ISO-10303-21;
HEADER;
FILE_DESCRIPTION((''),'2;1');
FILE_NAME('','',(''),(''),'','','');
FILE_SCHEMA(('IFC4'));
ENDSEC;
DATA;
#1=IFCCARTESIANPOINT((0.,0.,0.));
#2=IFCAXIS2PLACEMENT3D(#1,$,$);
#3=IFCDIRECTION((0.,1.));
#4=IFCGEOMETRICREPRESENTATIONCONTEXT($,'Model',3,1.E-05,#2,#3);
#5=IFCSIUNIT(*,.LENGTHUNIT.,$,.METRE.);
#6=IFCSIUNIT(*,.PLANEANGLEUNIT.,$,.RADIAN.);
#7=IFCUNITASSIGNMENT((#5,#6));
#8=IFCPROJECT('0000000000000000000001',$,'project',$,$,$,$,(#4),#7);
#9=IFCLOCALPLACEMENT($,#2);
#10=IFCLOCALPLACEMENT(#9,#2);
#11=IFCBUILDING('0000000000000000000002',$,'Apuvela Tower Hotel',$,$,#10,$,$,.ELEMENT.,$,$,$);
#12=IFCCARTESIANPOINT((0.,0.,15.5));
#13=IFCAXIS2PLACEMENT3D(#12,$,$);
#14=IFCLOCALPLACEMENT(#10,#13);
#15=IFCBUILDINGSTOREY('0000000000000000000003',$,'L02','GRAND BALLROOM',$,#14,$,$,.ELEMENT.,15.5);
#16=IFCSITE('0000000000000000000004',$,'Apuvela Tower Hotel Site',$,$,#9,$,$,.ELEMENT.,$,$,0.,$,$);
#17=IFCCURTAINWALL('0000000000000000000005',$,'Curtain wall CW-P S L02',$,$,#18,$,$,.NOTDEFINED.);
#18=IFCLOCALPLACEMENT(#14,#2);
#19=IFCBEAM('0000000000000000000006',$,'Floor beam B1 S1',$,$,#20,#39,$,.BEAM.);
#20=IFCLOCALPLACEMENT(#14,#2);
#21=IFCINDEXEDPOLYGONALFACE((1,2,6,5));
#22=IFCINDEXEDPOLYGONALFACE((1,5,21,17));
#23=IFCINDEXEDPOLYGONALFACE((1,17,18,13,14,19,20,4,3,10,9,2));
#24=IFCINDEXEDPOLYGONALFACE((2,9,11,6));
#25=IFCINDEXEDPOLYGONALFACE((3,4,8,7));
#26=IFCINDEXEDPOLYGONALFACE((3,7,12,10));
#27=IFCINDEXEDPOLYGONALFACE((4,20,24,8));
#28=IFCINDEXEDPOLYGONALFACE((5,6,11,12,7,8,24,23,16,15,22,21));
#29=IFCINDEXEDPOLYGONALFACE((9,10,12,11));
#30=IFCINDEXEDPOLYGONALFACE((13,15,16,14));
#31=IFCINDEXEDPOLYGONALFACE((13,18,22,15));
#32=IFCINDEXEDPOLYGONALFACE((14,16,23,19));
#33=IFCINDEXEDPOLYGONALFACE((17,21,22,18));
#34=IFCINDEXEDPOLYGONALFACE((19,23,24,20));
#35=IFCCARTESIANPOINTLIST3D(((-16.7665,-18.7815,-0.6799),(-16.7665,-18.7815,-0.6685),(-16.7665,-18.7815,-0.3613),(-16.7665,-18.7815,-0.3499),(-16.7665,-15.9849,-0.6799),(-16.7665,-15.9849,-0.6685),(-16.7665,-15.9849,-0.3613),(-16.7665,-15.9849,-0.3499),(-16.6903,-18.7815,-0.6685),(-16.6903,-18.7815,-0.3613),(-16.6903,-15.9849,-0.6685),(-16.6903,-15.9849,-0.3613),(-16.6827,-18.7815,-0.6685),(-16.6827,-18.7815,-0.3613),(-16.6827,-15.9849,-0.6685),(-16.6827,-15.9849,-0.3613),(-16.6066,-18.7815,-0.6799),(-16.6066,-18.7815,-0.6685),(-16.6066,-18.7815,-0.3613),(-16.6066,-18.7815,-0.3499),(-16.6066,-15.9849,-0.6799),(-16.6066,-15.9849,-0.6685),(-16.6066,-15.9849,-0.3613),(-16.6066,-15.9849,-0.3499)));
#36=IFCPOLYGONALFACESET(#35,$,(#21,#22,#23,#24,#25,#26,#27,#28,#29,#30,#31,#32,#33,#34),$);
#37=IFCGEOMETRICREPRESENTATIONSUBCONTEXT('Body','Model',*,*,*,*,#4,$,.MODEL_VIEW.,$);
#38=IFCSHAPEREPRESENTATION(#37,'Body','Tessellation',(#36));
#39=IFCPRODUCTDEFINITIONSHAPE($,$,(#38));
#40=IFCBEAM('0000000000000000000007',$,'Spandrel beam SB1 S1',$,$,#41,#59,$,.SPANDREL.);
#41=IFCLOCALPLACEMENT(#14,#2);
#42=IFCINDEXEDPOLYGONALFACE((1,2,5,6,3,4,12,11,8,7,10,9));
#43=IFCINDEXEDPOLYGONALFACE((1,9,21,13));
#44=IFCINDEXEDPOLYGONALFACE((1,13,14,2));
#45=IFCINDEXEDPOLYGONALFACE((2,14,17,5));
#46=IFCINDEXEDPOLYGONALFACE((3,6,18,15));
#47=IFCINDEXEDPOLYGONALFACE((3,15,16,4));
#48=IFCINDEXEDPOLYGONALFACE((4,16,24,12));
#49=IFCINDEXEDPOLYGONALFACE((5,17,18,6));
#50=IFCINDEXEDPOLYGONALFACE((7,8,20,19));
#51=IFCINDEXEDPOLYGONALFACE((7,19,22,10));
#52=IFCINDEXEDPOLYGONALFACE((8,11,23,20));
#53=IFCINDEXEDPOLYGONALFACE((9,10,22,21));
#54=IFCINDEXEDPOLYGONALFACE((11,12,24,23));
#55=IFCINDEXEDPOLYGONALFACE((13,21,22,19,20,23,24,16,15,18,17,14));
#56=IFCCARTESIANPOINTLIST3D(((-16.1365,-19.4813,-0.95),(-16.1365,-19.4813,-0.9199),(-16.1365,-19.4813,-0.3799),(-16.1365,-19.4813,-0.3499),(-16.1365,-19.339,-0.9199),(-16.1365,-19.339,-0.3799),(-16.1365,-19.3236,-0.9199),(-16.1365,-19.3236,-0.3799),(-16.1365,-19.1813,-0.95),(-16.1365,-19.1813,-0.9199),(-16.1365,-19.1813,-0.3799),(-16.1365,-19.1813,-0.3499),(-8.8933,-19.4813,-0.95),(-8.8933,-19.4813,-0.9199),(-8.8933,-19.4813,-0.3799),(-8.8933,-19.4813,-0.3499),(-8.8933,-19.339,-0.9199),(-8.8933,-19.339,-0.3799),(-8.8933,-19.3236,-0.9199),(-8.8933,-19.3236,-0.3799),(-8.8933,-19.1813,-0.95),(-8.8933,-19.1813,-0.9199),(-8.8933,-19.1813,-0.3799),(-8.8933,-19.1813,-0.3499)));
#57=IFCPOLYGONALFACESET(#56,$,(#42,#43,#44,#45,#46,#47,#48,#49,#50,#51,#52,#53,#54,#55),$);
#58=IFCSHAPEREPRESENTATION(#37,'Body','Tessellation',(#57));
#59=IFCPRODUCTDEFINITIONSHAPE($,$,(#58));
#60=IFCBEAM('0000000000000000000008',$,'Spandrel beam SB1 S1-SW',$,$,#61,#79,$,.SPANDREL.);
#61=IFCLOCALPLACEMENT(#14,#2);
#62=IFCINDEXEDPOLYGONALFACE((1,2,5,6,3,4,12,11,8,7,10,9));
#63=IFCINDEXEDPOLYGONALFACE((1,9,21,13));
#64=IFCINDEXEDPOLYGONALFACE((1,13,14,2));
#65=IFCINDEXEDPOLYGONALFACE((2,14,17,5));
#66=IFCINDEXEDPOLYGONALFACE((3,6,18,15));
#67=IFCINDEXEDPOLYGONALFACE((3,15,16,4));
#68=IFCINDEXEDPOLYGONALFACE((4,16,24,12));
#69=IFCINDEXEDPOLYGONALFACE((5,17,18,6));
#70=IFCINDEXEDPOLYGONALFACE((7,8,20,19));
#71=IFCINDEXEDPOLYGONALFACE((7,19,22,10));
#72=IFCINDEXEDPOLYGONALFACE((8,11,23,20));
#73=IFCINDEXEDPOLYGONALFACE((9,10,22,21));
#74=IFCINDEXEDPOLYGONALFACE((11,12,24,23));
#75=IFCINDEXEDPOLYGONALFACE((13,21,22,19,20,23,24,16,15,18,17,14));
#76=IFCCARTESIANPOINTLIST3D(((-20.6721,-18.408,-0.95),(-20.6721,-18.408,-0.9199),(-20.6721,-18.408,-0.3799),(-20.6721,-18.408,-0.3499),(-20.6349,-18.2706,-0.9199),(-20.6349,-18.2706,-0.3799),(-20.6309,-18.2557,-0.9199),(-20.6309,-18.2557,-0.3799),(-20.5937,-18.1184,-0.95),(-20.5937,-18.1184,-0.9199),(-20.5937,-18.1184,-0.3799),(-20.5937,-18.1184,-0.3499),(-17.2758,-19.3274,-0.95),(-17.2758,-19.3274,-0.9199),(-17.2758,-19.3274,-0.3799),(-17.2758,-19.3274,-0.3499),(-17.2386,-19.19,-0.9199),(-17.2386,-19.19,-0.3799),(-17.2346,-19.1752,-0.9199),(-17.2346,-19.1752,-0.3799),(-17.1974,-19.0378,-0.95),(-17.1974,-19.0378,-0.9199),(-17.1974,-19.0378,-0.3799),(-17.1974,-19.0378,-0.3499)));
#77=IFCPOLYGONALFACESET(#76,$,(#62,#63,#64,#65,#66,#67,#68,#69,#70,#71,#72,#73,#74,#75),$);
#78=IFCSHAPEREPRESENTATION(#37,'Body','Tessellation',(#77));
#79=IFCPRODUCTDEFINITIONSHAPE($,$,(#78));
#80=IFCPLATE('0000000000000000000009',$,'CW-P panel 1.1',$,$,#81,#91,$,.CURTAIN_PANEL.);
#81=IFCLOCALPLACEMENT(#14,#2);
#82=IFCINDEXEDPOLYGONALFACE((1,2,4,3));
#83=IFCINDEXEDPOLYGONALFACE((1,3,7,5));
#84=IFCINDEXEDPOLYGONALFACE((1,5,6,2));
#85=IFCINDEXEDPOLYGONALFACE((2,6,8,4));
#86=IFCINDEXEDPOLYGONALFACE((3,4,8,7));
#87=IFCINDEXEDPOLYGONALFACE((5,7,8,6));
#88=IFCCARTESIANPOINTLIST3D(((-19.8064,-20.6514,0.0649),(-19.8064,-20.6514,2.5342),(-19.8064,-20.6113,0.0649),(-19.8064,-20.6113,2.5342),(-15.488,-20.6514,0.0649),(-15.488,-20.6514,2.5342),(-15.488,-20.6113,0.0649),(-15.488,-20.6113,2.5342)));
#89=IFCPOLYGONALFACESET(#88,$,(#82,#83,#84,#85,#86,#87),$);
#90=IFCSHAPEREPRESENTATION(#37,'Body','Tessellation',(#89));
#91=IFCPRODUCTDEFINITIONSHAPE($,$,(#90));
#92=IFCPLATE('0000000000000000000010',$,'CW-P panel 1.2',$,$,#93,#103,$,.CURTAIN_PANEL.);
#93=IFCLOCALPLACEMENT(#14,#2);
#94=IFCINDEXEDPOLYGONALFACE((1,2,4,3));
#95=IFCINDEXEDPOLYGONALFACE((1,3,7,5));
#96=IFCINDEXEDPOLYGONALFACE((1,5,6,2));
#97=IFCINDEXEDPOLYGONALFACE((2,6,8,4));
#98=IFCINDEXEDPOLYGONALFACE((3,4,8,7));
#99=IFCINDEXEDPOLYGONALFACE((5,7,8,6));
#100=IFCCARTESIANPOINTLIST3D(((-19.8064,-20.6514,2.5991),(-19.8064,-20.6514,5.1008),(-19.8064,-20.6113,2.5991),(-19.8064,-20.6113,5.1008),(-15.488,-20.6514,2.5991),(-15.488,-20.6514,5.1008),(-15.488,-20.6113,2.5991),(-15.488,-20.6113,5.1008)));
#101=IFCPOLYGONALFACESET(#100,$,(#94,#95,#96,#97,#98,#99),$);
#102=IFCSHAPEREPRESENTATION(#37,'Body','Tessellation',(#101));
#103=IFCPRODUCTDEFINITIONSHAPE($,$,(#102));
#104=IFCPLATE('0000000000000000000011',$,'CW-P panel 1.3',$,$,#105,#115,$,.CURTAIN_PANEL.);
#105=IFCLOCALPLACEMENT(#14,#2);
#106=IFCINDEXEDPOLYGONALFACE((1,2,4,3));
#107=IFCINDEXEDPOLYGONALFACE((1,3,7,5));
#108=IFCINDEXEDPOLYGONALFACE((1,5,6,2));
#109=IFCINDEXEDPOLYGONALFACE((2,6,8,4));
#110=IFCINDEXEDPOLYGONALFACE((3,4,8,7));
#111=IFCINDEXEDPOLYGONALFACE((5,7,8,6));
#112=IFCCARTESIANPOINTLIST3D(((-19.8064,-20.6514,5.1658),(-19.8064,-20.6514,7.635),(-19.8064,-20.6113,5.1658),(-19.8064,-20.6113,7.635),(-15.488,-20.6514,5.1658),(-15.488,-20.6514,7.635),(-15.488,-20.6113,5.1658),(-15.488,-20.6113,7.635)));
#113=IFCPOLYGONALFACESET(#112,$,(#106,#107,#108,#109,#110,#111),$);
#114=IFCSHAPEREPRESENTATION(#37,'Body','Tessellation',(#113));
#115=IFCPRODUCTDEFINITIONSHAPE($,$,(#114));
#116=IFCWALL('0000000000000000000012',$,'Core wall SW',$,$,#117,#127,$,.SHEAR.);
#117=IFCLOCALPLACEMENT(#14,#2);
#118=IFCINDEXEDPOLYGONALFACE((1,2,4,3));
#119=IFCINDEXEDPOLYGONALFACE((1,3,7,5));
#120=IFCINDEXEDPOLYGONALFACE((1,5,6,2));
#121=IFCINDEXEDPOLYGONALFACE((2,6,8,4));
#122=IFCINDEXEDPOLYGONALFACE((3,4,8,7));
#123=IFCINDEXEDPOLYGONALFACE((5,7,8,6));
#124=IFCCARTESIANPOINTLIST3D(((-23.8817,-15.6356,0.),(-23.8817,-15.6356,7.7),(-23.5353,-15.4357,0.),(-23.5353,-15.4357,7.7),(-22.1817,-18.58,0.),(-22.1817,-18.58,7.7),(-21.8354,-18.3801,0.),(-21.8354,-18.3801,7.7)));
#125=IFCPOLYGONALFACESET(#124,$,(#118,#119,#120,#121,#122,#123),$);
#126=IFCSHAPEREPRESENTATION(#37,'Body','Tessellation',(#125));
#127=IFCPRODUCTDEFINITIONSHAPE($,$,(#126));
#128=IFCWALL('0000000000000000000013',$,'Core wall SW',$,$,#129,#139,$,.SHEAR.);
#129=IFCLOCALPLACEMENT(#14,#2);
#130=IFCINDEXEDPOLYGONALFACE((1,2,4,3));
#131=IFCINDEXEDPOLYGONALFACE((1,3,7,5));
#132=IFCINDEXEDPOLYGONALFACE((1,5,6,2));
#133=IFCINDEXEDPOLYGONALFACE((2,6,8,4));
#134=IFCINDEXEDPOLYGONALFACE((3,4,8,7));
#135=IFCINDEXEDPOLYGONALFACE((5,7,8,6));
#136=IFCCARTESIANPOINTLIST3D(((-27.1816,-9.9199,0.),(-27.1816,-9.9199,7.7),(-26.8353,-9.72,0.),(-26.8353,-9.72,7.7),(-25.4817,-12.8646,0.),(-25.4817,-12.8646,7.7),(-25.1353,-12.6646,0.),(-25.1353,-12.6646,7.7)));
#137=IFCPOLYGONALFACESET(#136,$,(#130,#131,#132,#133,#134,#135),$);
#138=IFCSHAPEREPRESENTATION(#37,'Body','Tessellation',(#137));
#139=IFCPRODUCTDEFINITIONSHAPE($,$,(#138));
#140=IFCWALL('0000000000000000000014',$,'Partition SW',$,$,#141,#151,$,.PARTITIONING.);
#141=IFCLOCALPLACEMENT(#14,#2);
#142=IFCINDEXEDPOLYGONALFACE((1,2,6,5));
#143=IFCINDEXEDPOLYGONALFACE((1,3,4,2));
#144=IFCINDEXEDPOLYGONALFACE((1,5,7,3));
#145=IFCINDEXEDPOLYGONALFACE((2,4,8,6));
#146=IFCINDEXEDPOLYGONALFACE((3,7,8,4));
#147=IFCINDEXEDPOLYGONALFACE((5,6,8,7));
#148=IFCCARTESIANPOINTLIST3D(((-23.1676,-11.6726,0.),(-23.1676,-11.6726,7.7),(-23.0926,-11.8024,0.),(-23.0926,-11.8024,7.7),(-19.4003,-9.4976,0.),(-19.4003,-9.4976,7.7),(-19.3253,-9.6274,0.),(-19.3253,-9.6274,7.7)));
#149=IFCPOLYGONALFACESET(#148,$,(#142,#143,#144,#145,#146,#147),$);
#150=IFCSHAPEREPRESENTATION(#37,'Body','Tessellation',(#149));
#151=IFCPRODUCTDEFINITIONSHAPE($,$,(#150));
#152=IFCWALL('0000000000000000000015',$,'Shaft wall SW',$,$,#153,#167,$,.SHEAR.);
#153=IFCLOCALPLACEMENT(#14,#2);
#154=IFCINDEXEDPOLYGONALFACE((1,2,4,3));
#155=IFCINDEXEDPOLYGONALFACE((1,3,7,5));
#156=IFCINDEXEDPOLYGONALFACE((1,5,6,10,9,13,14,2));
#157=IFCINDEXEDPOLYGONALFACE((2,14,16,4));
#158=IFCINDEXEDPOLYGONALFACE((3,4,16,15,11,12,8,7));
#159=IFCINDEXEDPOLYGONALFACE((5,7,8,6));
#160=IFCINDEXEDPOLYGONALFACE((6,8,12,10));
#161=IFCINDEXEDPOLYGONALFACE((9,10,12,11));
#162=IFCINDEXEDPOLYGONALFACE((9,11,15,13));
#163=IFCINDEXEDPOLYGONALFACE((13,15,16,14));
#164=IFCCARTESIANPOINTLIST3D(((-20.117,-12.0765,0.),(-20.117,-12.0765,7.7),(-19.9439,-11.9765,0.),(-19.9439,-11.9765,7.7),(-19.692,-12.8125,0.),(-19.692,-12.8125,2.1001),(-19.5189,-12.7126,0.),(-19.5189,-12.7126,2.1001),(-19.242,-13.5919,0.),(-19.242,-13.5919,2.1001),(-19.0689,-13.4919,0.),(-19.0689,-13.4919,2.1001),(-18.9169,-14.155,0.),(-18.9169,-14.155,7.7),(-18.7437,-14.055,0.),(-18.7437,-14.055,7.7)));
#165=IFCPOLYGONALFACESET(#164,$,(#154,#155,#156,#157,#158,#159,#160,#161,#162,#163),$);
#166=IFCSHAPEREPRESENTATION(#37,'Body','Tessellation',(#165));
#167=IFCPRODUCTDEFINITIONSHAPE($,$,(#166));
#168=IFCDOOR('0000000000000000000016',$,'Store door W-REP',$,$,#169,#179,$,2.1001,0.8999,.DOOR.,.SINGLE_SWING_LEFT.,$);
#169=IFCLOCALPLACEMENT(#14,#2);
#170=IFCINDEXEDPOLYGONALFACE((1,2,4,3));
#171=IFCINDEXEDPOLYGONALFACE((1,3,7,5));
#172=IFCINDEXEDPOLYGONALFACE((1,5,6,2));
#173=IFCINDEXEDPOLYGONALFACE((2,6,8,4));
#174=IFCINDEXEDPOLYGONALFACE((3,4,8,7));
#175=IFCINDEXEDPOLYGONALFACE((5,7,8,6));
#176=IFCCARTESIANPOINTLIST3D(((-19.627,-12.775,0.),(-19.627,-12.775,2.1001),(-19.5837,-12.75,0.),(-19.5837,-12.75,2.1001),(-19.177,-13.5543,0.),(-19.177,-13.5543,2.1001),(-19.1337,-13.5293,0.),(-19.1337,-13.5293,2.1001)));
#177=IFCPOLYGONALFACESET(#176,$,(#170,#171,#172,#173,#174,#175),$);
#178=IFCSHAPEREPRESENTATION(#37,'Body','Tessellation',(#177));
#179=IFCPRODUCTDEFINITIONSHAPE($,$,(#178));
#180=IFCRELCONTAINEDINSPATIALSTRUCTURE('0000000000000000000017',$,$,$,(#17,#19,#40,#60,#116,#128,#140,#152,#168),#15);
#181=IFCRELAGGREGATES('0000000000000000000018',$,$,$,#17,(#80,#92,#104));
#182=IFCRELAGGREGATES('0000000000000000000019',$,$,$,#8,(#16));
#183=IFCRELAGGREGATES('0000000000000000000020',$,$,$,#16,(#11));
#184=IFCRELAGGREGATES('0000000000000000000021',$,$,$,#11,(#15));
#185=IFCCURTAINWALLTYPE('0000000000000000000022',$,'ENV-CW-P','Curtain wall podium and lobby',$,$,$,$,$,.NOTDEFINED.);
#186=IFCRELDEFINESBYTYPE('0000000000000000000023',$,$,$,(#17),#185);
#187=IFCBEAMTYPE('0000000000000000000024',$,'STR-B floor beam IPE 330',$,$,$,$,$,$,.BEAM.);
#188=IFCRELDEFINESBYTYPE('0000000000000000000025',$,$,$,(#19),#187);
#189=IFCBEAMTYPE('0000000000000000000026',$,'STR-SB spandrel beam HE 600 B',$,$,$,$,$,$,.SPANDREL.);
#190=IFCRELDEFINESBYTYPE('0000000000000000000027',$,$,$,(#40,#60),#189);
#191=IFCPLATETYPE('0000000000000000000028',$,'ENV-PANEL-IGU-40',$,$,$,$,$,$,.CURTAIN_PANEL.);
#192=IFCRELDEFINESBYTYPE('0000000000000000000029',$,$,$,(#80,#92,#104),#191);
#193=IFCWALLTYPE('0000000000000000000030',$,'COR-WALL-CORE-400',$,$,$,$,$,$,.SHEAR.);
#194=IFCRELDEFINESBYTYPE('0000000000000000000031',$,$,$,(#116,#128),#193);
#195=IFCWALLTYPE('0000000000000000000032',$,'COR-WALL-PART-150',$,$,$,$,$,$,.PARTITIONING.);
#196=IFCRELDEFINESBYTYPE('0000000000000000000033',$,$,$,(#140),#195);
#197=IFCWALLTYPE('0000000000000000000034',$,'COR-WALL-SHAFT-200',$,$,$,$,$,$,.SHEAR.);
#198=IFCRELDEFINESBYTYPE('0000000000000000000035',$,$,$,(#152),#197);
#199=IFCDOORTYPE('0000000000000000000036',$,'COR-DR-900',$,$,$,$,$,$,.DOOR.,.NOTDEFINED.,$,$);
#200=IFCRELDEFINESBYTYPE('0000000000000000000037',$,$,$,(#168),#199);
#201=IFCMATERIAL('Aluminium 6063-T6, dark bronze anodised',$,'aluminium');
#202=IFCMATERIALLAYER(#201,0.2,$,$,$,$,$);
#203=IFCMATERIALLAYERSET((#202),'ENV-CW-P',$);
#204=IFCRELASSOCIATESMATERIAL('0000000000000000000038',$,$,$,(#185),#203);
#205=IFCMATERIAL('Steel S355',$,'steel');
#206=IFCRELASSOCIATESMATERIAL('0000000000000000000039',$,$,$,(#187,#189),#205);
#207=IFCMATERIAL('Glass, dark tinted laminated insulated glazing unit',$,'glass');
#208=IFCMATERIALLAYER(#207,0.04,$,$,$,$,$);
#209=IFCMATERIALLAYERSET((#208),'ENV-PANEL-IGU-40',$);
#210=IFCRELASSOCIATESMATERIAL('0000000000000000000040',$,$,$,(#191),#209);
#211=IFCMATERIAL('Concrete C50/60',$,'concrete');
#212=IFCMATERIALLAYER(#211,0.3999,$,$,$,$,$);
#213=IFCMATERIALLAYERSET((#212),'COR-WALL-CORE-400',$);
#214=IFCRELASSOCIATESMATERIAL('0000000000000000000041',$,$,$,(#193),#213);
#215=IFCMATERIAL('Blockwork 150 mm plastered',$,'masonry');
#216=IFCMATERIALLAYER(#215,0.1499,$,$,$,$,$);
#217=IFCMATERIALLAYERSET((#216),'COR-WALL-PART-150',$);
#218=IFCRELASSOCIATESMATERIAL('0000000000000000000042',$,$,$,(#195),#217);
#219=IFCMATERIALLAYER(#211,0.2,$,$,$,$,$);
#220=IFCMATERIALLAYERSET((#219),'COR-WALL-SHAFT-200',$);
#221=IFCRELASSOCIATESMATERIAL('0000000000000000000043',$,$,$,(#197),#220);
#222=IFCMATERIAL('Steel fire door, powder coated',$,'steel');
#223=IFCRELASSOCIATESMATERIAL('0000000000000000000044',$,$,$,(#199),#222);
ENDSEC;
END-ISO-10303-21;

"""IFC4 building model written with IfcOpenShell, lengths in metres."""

from ifc_helpers import new_model, si_unit, direction, frame, frame_2d, origin, origin_2d, place, context, subcontext, project, spatial, rectangle, i_section, extrude, material, layer, layer_set, material_profile, profile_set, type_object, element, fill, aggregate, save


model = new_model("IFC4")

# Units and contexts
model_context = context("Model", 3, precision=1e-05, world=origin(), true_north=direction((0.0, 1.0)))
body_context = subcontext(model_context, "Body", "Model", "MODEL_VIEW")
ifc_project = project(units=[si_unit("LENGTHUNIT", "METRE"), si_unit("PLANEANGLEUNIT", "RADIAN")], contexts=[model_context])

# Site, building, storey
site_placement = place(None, origin())
site = spatial("IfcSite", under=ifc_project, at=site_placement, Name="Apuvela Tower Hotel Site", CompositionType="ELEMENT", RefElevation=0.0)
building_placement = place(site_placement, origin())
building = spatial("IfcBuilding", under=site, at=building_placement, Name="Apuvela Tower Hotel", CompositionType="ELEMENT")
storey_placement = place(building_placement, frame((0.0, 0.0, 15.5)))
storey = spatial("IfcBuildingStorey", under=building, at=storey_placement, Name="L02", Description="GRAND BALLROOM", CompositionType="ELEMENT", Elevation=15.5)

# Curtain wall
ifc_material_1 = material(Name="Aluminium 6063-T6, dark bronze anodised", Category="aluminium")
ifc_layer_1 = layer(ifc_material_1, 0.2)
ifc_layer_set_1 = layer_set([ifc_layer_1], Name="ENV-CW-P")
curtain_wall_type = type_object("IfcCurtainWallType", Name="ENV-CW-P", Description="Curtain wall podium and lobby", PredefinedType="NOTDEFINED", material=ifc_layer_set_1)
curtain_wall_placement = place(storey_placement, origin())
curtain_wall = element("IfcCurtainWall", 1, at=curtain_wall_placement, inside=storey, type_object=curtain_wall_type, Name="Curtain wall CW-P S L02", PredefinedType="NOTDEFINED")

# Beams
ifc_material_2 = material(Name="Steel S355", Category="steel")
ifc_material_profile_1 = material_profile(ifc_material_2, i_section(OverallWidth=0.1599, OverallDepth=0.3301, WebThickness=0.0076, FlangeThickness=0.0115, at=origin_2d()), Name="IPE 330")
ifc_profile_set_1 = profile_set([ifc_material_profile_1], Name="Steel S355")
beam_type_1 = type_object("IfcBeamType", Name="STR-B floor beam IPE 330", PredefinedType="BEAM", material=ifc_profile_set_1)
beam_1_placement = place(storey_placement, frame((-16.6865, -18.7815, -0.5149), z_axis=(0.0, 1.0, 0.0), x_axis=(-1.0, 0.0, 0.0)))
element("IfcBeam", 2, at=beam_1_placement, inside=storey, type_object=beam_type_1, Name="Floor beam B1 S1", PredefinedType="BEAM", context=body_context, shape_type="SweptSolid", body=[
    extrude(i_section(OverallWidth=0.1599, OverallDepth=0.3301, WebThickness=0.0076, FlangeThickness=0.0115, at=origin_2d()), origin(), (0.0, 0.0, 1.0), 2.7966),
])
ifc_material_profile_2 = material_profile(ifc_material_2, i_section(OverallWidth=0.3, OverallDepth=0.6001, WebThickness=0.0154, FlangeThickness=0.03, at=origin_2d()), Name="HE 600 B")
ifc_profile_set_2 = profile_set([ifc_material_profile_2], Name="Steel S355")
beam_type_2 = type_object("IfcBeamType", Name="STR-SB spandrel beam HE 600 B", PredefinedType="SPANDREL", material=ifc_profile_set_2)
beam_2_placement = place(storey_placement, frame((-16.1365, -19.3313, -0.6499), z_axis=(1.0, 0.0, 0.0), x_axis=(0.0, 1.0, 0.0)))
element("IfcBeam", 3, at=beam_2_placement, inside=storey, type_object=beam_type_2, Name="Spandrel beam SB1 S1", PredefinedType="SPANDREL", context=body_context, shape_type="SweptSolid", body=[
    extrude(i_section(OverallWidth=0.3, OverallDepth=0.6001, WebThickness=0.0154, FlangeThickness=0.03, at=origin_2d()), origin(), (0.0, 0.0, 1.0), 7.2432),
])
beam_3_placement = place(storey_placement, frame((-17.2366, -19.1826, -0.6499), z_axis=(-0.965254, 0.261314, 0.0), x_axis=(-0.261314, -0.965254, 0.0)))
element("IfcBeam", 4, at=beam_3_placement, inside=storey, type_object=beam_type_2, Name="Spandrel beam SB1 S1-SW", PredefinedType="SPANDREL", context=body_context, shape_type="SweptSolid", body=[
    extrude(i_section(OverallWidth=0.3, OverallDepth=0.6001, WebThickness=0.0154, FlangeThickness=0.03, at=origin_2d()), origin(), (0.0, 0.0, 1.0), 3.5186),
])

# Plates
ifc_material_3 = material(Name="Glass, dark tinted laminated insulated glazing unit", Category="glass")
ifc_layer_2 = layer(ifc_material_3, 0.04)
ifc_layer_set_2 = layer_set([ifc_layer_2], Name="ENV-PANEL-IGU-40")
plate_type = type_object("IfcPlateType", Name="ENV-PANEL-IGU-40", PredefinedType="CURTAIN_PANEL", material=ifc_layer_set_2)
plate_1_placement = place(storey_placement, frame((-17.6472, -20.6313, 0.0649), z_axis=(0.0, 0.0, 1.0), x_axis=(1.0, 0.0, 0.0)))
plate_1 = element("IfcPlate", 5, at=plate_1_placement, type_object=plate_type, Name="CW-P panel 1.1", PredefinedType="CURTAIN_PANEL", context=body_context, shape_type="SweptSolid", body=[
    extrude(rectangle(XDim=4.3184, YDim=0.04, at=origin_2d()), origin(), (0.0, 0.0, 1.0), 2.4692),
])
plate_2_placement = place(storey_placement, frame((-17.6472, -20.6313, 2.5991), z_axis=(0.0, 0.0, 1.0), x_axis=(1.0, 0.0, 0.0)))
plate_2 = element("IfcPlate", 6, at=plate_2_placement, type_object=plate_type, Name="CW-P panel 1.2", PredefinedType="CURTAIN_PANEL", context=body_context, shape_type="SweptSolid", body=[
    extrude(rectangle(XDim=4.3184, YDim=0.04, at=origin_2d()), origin(), (0.0, 0.0, 1.0), 2.5017),
])
plate_3_placement = place(storey_placement, frame((-17.6472, -20.6313, 5.1658), z_axis=(0.0, 0.0, 1.0), x_axis=(1.0, 0.0, 0.0)))
plate_3 = element("IfcPlate", 7, at=plate_3_placement, type_object=plate_type, Name="CW-P panel 1.3", PredefinedType="CURTAIN_PANEL", context=body_context, shape_type="SweptSolid", body=[
    extrude(rectangle(XDim=4.3184, YDim=0.04, at=origin_2d()), origin(), (0.0, 0.0, 1.0), 2.4692),
])
aggregate(curtain_wall, [plate_1, plate_2, plate_3])

# Walls
ifc_material_4 = material(Name="Concrete C50/60", Category="concrete")
ifc_layer_3 = layer(ifc_material_4, 0.3999)
ifc_layer_set_3 = layer_set([ifc_layer_3], Name="COR-WALL-CORE-400")
wall_type_1 = type_object("IfcWallType", Name="COR-WALL-CORE-400", PredefinedType="SHEAR", material=ifc_layer_set_3)
wall_1_placement = place(storey_placement, frame((-23.7085, -15.5356, 0.0), z_axis=(0.0, 0.0, 1.0), x_axis=(0.500008, -0.866021, 0.0)))
element("IfcWall", 8, at=wall_1_placement, inside=storey, type_object=wall_type_1, Name="Core wall SW", PredefinedType="SHEAR", context=body_context, shape_type="SweptSolid", body=[
    extrude(rectangle(XDim=3.3999, YDim=0.3999, at=frame_2d((1.7, 0.0))), origin(), (0.0, 0.0, 1.0), 7.7),
])
wall_2_placement = place(storey_placement, frame((-27.0085, -9.8198, 0.0), z_axis=(0.0, 0.0, 1.0), x_axis=(0.499977, -0.866039, 0.0)))
element("IfcWall", 9, at=wall_2_placement, inside=storey, type_object=wall_type_1, Name="Core wall SW", PredefinedType="SHEAR", context=body_context, shape_type="SweptSolid", body=[
    extrude(rectangle(XDim=3.4001, YDim=0.3999, at=frame_2d((1.7002, 0.0))), origin(), (0.0, 0.0, 1.0), 7.7),
])
ifc_material_5 = material(Name="Blockwork 150 mm plastered", Category="masonry")
ifc_layer_4 = layer(ifc_material_5, 0.1499)
ifc_layer_set_4 = layer_set([ifc_layer_4], Name="COR-WALL-PART-150")
wall_type_2 = type_object("IfcWallType", Name="COR-WALL-PART-150", PredefinedType="PARTITIONING", material=ifc_layer_set_4)
wall_3_placement = place(storey_placement, frame((-19.3628, -9.5625, 0.0), z_axis=(0.0, 0.0, 1.0), x_axis=(-0.866028, -0.499996, 0.0)))
element("IfcWall", 10, at=wall_3_placement, inside=storey, type_object=wall_type_2, Name="Partition SW", PredefinedType="PARTITIONING", context=body_context, shape_type="SweptSolid", body=[
    extrude(rectangle(XDim=4.3501, YDim=0.1499, at=frame_2d((2.175, 0.0))), origin(), (0.0, 0.0, 1.0), 7.7),
])

# Wall, opening, door
ifc_layer_5 = layer(ifc_material_4, 0.2)
ifc_layer_set_5 = layer_set([ifc_layer_5], Name="COR-WALL-SHAFT-200")
wall_type_3 = type_object("IfcWallType", Name="COR-WALL-SHAFT-200", PredefinedType="SHEAR", material=ifc_layer_set_5)
wall_4_placement = place(storey_placement, frame((-20.0305, -12.0264, 0.0), z_axis=(0.0, 0.0, 1.0), x_axis=(0.500034, -0.866006, 0.0)))
wall_4 = element("IfcWall", 11, at=wall_4_placement, inside=storey, type_object=wall_type_3, Name="Shaft wall SW", PredefinedType="SHEAR", context=body_context, shape_type="SweptSolid", body=[
    extrude(rectangle(XDim=2.4001, YDim=0.2, at=frame_2d((1.2002, 0.0))), origin(), (0.0, 0.0, 1.0), 7.7),
])
opening_placement = place(wall_4_placement, frame((0.8501, 0.0, 0.0)))
opening = element("IfcOpeningElement", 12, at=opening_placement, cuts=wall_4, PredefinedType="OPENING", context=body_context, shape_type="SweptSolid", body=[
    extrude(rectangle(XDim=0.8999, YDim=2.1001, at=frame_2d((0.45, 1.05))), frame((0.0, 0.1099, 0.0), z_axis=(0.0, -1.0, 0.0), x_axis=(1.0, 0.0, 0.0)), (0.0, 0.0, 1.0), 0.22),
])
ifc_material_6 = material(Name="Steel fire door, powder coated", Category="steel")
door_type = type_object("IfcDoorType", Name="COR-DR-900", OperationType="NOTDEFINED", PredefinedType="DOOR", material=ifc_material_6)
door_placement = place(opening_placement, frame((0.8999, 0.0, 0.0), z_axis=(0.0, 0.0, 1.0), x_axis=(-1.0, 0.0, 0.0)))
door = element("IfcDoor", 13, at=door_placement, inside=storey, type_object=door_type, Name="Store door W-REP", OperationType="SINGLE_SWING_LEFT", OverallHeight=2.1001, OverallWidth=0.8999, PredefinedType="DOOR", context=body_context, shape_type="SweptSolid", body=[
    extrude(rectangle(XDim=0.8999, YDim=2.1001, at=frame_2d((0.45, 1.05))), frame((0.0, 0.0249, 0.0), z_axis=(0.0, -1.0, 0.0), x_axis=(1.0, 0.0, 0.0)), (0.0, 0.0, 1.0), 0.05),
])
fill(opening, door)

save(model, "model.ifc")
